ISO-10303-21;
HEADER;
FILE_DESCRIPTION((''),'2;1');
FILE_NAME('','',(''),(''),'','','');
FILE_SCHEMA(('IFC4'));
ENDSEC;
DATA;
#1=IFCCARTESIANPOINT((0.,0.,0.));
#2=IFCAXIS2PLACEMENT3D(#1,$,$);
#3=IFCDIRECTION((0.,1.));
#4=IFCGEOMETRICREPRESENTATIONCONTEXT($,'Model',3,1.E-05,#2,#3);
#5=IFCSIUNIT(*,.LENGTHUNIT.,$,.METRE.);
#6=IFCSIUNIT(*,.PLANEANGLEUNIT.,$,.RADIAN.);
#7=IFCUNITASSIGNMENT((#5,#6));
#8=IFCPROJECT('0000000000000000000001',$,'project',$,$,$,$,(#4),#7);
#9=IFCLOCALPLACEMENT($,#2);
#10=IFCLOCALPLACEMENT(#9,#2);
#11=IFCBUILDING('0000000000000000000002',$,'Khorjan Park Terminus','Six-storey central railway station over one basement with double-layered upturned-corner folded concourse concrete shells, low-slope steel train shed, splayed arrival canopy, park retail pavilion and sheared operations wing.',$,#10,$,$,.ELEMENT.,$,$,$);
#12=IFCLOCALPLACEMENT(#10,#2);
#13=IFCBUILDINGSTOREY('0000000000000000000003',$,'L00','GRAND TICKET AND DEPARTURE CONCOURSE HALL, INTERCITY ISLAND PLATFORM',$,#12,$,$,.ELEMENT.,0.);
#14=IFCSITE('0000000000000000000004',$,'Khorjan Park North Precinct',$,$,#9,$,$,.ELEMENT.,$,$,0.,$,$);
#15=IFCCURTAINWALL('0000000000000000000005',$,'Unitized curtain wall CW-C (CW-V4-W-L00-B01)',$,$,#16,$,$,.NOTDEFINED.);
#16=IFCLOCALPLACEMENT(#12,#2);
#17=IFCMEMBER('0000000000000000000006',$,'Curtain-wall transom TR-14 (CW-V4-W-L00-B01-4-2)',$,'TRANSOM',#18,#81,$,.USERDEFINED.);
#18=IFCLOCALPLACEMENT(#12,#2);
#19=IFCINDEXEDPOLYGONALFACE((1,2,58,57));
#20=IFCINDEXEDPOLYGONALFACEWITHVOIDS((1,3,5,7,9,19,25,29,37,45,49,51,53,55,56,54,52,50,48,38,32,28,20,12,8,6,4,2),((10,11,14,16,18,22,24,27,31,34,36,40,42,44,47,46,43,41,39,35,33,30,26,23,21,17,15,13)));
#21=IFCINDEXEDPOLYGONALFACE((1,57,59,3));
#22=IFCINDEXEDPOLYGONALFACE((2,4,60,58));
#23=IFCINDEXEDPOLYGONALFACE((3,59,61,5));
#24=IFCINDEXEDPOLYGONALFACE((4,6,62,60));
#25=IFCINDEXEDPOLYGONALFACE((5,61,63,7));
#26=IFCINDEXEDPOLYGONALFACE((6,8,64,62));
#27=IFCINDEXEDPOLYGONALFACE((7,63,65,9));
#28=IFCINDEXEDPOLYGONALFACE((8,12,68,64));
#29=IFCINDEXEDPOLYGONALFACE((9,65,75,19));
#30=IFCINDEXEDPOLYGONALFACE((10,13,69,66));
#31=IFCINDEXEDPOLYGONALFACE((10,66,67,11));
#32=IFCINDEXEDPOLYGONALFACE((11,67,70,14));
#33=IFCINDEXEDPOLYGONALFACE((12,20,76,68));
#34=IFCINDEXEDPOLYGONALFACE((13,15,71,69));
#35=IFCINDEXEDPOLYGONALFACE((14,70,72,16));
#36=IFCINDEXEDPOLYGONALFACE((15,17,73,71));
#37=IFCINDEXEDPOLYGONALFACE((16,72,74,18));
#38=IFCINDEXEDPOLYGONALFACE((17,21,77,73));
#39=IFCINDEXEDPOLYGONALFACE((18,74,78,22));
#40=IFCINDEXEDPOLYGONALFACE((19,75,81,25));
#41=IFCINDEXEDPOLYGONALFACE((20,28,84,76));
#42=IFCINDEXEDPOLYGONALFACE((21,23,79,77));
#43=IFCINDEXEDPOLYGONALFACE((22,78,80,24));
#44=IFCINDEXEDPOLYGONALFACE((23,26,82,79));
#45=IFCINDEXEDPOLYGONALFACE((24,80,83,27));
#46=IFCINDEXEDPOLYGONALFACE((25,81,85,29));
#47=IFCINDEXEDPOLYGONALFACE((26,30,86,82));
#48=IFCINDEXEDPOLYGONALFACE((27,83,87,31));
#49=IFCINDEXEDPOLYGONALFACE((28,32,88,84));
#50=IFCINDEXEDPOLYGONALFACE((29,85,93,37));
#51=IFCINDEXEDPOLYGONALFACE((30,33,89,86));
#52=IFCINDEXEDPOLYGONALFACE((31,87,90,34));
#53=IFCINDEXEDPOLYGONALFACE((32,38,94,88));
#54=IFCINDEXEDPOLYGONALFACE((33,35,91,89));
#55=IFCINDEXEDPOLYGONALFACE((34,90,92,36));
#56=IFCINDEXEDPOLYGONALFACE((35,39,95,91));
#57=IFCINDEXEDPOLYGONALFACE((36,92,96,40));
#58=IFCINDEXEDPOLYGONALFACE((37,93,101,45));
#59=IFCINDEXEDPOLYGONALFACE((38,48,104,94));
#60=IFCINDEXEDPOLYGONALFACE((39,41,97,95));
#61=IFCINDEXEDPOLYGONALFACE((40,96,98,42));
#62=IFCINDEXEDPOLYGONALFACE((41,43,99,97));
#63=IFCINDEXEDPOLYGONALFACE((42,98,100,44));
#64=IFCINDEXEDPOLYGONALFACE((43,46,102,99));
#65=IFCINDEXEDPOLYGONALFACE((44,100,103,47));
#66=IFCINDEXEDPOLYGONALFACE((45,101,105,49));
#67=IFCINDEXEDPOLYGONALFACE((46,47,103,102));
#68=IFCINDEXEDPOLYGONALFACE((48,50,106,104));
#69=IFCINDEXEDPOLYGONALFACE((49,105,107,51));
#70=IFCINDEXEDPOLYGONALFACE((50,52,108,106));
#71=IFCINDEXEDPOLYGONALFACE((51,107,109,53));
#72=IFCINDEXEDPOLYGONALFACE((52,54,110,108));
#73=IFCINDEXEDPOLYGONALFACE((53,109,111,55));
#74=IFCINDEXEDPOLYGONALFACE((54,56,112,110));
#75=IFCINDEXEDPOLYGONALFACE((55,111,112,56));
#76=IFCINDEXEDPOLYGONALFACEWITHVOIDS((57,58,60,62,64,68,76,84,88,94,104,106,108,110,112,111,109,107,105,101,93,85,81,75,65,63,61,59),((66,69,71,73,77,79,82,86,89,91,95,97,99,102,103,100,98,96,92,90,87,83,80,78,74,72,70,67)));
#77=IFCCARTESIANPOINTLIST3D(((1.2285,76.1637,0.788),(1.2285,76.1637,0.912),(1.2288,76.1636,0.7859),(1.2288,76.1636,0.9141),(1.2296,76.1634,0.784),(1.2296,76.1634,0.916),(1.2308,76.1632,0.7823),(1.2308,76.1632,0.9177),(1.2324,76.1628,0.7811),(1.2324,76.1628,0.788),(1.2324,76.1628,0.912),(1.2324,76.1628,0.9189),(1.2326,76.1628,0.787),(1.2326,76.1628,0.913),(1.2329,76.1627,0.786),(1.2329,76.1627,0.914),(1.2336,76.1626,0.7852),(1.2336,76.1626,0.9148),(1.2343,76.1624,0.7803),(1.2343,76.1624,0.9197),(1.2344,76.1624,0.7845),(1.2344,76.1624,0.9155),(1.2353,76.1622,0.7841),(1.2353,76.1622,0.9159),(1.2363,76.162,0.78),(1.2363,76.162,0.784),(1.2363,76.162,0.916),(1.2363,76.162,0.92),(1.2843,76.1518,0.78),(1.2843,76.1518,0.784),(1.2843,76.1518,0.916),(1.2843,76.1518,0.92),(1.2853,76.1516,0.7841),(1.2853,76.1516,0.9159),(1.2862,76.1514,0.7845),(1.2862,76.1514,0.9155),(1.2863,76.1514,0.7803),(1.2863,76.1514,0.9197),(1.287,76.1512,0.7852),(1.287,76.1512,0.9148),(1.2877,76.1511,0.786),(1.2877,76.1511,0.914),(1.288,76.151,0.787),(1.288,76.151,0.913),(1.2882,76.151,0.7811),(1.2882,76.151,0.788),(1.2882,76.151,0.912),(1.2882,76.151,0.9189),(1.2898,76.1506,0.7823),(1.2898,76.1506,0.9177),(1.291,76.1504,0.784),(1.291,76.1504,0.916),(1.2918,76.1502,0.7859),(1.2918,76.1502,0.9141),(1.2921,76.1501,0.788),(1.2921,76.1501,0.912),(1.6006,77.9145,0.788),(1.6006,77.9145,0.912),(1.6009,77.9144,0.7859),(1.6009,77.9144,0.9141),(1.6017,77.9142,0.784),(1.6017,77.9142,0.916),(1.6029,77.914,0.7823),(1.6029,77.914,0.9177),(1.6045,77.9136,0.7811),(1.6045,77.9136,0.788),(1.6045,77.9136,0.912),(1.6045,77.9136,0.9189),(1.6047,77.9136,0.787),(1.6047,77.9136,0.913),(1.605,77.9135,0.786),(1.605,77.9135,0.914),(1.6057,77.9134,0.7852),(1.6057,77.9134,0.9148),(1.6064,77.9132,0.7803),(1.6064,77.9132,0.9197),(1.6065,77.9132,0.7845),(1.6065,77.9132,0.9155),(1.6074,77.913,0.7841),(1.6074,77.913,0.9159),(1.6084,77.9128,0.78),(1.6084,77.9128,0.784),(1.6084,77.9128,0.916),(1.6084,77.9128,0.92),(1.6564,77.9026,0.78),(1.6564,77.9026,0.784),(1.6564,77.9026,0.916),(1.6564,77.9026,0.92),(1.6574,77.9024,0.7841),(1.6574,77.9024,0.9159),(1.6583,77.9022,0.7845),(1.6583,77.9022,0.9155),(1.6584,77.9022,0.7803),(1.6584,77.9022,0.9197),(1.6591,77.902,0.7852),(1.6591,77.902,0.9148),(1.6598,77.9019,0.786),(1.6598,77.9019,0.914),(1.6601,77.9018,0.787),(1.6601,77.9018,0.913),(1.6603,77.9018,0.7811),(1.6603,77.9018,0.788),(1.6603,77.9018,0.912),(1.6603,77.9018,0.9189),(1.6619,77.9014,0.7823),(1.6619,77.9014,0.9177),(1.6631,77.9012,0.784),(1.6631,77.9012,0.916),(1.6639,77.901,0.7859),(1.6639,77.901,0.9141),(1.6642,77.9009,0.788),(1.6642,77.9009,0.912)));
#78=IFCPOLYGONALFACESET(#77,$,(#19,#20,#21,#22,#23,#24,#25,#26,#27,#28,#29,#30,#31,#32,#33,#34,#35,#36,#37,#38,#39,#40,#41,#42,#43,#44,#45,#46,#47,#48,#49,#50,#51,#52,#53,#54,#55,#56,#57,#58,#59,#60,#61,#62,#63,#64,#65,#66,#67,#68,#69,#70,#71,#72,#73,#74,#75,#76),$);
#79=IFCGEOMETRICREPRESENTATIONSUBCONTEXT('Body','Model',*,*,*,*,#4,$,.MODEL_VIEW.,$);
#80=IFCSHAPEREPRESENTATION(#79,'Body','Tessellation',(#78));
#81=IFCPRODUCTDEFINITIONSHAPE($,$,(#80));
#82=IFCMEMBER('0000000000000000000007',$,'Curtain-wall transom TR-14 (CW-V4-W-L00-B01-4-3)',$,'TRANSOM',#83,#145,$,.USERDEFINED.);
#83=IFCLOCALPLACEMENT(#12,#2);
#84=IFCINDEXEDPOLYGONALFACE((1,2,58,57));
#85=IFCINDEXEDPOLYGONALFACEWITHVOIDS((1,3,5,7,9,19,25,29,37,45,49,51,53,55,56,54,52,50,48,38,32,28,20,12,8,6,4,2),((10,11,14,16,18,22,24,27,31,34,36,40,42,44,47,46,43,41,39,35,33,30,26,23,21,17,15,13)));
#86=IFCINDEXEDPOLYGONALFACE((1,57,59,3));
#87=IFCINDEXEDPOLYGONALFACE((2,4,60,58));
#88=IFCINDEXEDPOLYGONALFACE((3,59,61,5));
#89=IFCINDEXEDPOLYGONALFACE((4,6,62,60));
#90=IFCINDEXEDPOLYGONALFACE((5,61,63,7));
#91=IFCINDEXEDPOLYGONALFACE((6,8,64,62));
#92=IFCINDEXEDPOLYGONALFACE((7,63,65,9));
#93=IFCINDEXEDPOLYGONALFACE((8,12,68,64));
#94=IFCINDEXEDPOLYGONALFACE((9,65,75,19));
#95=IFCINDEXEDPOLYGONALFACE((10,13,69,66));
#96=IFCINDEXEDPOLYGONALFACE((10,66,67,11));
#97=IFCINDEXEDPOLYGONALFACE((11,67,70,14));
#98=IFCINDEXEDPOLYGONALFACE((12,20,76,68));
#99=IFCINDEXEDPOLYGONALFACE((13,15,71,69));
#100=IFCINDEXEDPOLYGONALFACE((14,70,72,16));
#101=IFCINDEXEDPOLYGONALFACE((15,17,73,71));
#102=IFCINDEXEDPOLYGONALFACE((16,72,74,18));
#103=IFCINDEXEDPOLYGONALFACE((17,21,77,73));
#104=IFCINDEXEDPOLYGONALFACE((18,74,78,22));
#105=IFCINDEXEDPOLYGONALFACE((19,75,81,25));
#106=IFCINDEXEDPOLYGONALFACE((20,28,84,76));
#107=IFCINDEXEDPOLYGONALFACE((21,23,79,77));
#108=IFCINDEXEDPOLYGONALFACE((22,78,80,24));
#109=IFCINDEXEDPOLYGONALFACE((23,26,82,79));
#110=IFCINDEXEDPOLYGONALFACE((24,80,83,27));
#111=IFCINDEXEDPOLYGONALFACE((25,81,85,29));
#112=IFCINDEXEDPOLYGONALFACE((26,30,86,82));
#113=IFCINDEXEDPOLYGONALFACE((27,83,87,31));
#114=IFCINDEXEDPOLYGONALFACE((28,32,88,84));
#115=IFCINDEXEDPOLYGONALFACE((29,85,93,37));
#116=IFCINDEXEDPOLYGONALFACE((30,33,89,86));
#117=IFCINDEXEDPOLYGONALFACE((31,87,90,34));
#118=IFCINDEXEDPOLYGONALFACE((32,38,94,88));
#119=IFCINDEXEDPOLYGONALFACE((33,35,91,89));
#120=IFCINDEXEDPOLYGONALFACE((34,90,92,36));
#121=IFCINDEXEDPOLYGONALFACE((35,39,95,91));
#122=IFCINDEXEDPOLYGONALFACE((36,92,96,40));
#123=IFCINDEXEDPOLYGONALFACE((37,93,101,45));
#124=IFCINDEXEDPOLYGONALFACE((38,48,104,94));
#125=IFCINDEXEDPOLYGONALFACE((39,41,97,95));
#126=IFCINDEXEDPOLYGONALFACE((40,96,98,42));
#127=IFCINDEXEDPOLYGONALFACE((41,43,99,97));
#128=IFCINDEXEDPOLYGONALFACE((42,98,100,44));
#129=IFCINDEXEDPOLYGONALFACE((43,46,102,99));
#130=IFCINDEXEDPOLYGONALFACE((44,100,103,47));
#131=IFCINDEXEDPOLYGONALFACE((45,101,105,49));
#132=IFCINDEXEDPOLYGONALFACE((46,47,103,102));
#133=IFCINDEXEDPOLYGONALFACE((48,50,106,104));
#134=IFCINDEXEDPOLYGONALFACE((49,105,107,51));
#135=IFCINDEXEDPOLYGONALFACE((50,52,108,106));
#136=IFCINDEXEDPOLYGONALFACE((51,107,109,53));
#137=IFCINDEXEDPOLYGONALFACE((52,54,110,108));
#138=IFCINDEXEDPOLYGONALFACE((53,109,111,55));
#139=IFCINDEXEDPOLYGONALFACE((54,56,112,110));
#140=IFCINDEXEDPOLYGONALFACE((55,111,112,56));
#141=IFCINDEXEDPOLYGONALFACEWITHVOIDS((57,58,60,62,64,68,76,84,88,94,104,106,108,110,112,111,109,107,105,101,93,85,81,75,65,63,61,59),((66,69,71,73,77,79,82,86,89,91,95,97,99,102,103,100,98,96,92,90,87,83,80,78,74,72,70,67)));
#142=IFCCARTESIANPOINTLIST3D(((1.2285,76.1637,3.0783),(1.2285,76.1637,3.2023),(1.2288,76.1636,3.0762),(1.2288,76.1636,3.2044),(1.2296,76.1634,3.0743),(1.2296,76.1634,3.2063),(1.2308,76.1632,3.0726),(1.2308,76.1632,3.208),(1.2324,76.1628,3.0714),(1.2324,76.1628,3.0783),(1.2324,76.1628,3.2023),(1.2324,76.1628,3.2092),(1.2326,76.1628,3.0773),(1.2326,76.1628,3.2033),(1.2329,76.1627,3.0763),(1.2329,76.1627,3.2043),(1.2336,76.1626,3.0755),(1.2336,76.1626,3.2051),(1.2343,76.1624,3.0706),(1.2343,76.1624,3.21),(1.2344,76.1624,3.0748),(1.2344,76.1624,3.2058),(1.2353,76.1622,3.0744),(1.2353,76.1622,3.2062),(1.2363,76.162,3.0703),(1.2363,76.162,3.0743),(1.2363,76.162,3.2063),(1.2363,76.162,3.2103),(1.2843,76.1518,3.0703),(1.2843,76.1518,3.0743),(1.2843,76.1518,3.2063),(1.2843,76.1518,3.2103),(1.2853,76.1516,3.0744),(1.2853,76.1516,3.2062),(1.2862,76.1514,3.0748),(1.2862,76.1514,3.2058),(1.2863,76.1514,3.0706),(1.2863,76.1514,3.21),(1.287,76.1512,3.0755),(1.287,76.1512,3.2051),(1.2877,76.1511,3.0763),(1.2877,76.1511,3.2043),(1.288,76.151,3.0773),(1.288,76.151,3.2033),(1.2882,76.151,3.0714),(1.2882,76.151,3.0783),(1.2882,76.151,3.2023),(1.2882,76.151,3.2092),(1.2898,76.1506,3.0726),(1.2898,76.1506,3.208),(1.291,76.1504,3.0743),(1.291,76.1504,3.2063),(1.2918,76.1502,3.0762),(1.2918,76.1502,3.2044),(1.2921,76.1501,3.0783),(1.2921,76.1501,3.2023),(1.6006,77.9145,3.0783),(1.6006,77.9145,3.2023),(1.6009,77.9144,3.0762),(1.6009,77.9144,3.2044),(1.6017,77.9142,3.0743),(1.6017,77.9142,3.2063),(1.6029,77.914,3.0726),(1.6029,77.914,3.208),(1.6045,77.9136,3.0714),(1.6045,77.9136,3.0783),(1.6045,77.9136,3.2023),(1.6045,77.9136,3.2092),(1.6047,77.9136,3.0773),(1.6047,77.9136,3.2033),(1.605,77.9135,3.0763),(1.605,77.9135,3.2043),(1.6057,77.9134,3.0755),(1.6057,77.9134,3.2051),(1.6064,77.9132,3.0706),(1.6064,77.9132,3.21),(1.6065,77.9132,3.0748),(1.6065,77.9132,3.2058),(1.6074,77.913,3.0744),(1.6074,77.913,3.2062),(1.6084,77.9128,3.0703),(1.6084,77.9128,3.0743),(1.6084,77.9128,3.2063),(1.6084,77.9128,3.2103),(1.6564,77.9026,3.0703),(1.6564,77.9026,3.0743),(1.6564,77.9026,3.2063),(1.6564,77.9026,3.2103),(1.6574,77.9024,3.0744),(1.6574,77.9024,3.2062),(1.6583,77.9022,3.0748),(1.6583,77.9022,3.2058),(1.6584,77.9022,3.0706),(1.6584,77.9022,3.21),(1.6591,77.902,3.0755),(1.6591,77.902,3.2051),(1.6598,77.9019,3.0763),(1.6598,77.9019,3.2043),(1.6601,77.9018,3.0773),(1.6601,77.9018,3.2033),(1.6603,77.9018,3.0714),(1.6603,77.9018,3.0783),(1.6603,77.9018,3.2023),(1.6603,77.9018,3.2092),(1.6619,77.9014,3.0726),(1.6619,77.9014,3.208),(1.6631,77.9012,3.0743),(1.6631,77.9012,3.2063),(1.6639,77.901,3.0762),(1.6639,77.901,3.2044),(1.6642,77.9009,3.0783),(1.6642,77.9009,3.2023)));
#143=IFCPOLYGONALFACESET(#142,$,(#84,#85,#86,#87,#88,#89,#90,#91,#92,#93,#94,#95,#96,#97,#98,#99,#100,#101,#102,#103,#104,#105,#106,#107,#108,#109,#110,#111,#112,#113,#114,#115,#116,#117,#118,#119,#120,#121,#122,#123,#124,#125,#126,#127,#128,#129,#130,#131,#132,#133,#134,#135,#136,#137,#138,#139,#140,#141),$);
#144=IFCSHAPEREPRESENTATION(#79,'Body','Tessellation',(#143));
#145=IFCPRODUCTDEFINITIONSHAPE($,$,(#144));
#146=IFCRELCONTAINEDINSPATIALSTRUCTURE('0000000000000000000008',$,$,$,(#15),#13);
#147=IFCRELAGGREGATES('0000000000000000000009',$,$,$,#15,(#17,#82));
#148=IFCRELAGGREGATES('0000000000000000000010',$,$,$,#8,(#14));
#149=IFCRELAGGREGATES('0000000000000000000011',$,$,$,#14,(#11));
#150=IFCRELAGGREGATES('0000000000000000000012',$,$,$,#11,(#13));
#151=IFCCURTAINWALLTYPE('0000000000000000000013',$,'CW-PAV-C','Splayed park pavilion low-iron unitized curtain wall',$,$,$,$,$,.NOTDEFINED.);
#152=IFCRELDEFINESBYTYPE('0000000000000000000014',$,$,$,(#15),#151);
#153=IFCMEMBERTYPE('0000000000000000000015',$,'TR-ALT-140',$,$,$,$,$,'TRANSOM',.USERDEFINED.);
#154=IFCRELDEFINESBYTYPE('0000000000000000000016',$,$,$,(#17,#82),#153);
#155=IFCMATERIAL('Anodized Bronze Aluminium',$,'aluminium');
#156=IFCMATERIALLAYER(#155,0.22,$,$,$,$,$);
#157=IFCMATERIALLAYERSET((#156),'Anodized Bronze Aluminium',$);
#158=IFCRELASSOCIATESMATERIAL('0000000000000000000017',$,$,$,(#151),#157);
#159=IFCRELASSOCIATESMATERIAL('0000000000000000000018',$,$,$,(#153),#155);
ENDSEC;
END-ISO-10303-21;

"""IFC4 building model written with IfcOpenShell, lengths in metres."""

from ifc_helpers import new_model, si_unit, direction, frame, origin, origin_2d, place, context, subcontext, project, spatial, hollow_rectangle, extrude, material, layer, layer_set, material_profile, profile_set, type_object, element, aggregate, save


model = new_model("IFC4")

# Units and contexts
model_context = context("Model", 3, precision=1e-05, world=origin(), true_north=direction((0.0, 1.0)))
body_context = subcontext(model_context, "Body", "Model", "MODEL_VIEW")
ifc_project = project(units=[si_unit("LENGTHUNIT", "METRE"), si_unit("PLANEANGLEUNIT", "RADIAN")], contexts=[model_context])

# Site, building, storey
site_placement = place(None, origin())
site = spatial("IfcSite", under=ifc_project, at=site_placement, Name="Khorjan Park North Precinct", CompositionType="ELEMENT", RefElevation=0.0)
building_placement = place(site_placement, origin())
building = spatial("IfcBuilding", under=site, at=building_placement, Name="Khorjan Park Terminus", Description="Six-storey central railway station over one basement with double-layered upturned-corner folded concourse concrete shells, low-slope steel train shed, splayed arrival canopy, park retail pavilion and sheared operations wing.", CompositionType="ELEMENT")
storey_placement = place(building_placement, origin())
storey = spatial("IfcBuildingStorey", under=building, at=storey_placement, Name="L00", Description="GRAND TICKET AND DEPARTURE CONCOURSE HALL, INTERCITY ISLAND PLATFORM", CompositionType="ELEMENT", Elevation=0.0)

# Curtain wall, members
ifc_material_1 = material(Name="Anodized Bronze Aluminium", Category="aluminium")
ifc_layer_1 = layer(ifc_material_1, 0.22)
ifc_layer_set_1 = layer_set([ifc_layer_1], Name="Anodized Bronze Aluminium")
curtain_wall_type = type_object("IfcCurtainWallType", Name="CW-PAV-C", Description="Splayed park pavilion low-iron unitized curtain wall", PredefinedType="NOTDEFINED", material=ifc_layer_set_1)
curtain_wall_placement = place(storey_placement, origin())
curtain_wall = element("IfcCurtainWall", 1, at=curtain_wall_placement, inside=storey, type_object=curtain_wall_type, Name="Unitized curtain wall CW-C (CW-V4-W-L00-B01)", PredefinedType="NOTDEFINED")
ifc_material_profile_1 = material_profile(ifc_material_1, hollow_rectangle(XDim=0.065, YDim=0.14, WallThickness=0.004, InnerFilletRadius=0.004, OuterFilletRadius=0.008, at=origin_2d()), Name="ALT 65x140x4")
ifc_profile_set_1 = profile_set([ifc_material_profile_1], Name="Anodized Bronze Aluminium")
member_type_1 = type_object("IfcMemberType", Name="TR-ALT-140", ElementType="TRANSOM", PredefinedType="USERDEFINED", material=ifc_profile_set_1)
member_1_placement = place(storey_placement, frame((1.6324, 77.9077, 0.85), z_axis=(-0.207888, -0.978153, 0.0), x_axis=(0.978153, -0.207888, 0.0)))
member_1 = element("IfcMember", 2, at=member_1_placement, type_object=member_type_1, Name="Curtain-wall transom TR-14 (CW-V4-W-L00-B01-4-2)", ObjectType="TRANSOM", PredefinedType="USERDEFINED", context=body_context, shape_type="SweptSolid", body=[
    extrude(hollow_rectangle(XDim=0.065, YDim=0.14, WallThickness=0.004, InnerFilletRadius=0.004, OuterFilletRadius=0.008, at=origin_2d()), origin(), (0.0, 0.0, 1.0), 1.7899),
])
member_2_placement = place(storey_placement, frame((1.6324, 77.9077, 3.1403), z_axis=(-0.207888, -0.978153, 0.0), x_axis=(0.978153, -0.207888, 0.0)))
member_2 = element("IfcMember", 3, at=member_2_placement, type_object=member_type_1, Name="Curtain-wall transom TR-14 (CW-V4-W-L00-B01-4-3)", ObjectType="TRANSOM", PredefinedType="USERDEFINED", context=body_context, shape_type="SweptSolid", body=[
    extrude(hollow_rectangle(XDim=0.065, YDim=0.14, WallThickness=0.004, InnerFilletRadius=0.004, OuterFilletRadius=0.008, at=origin_2d()), origin(), (0.0, 0.0, 1.0), 1.7899),
])
aggregate(curtain_wall, [member_1, member_2])

save(model, "model.ifc")
